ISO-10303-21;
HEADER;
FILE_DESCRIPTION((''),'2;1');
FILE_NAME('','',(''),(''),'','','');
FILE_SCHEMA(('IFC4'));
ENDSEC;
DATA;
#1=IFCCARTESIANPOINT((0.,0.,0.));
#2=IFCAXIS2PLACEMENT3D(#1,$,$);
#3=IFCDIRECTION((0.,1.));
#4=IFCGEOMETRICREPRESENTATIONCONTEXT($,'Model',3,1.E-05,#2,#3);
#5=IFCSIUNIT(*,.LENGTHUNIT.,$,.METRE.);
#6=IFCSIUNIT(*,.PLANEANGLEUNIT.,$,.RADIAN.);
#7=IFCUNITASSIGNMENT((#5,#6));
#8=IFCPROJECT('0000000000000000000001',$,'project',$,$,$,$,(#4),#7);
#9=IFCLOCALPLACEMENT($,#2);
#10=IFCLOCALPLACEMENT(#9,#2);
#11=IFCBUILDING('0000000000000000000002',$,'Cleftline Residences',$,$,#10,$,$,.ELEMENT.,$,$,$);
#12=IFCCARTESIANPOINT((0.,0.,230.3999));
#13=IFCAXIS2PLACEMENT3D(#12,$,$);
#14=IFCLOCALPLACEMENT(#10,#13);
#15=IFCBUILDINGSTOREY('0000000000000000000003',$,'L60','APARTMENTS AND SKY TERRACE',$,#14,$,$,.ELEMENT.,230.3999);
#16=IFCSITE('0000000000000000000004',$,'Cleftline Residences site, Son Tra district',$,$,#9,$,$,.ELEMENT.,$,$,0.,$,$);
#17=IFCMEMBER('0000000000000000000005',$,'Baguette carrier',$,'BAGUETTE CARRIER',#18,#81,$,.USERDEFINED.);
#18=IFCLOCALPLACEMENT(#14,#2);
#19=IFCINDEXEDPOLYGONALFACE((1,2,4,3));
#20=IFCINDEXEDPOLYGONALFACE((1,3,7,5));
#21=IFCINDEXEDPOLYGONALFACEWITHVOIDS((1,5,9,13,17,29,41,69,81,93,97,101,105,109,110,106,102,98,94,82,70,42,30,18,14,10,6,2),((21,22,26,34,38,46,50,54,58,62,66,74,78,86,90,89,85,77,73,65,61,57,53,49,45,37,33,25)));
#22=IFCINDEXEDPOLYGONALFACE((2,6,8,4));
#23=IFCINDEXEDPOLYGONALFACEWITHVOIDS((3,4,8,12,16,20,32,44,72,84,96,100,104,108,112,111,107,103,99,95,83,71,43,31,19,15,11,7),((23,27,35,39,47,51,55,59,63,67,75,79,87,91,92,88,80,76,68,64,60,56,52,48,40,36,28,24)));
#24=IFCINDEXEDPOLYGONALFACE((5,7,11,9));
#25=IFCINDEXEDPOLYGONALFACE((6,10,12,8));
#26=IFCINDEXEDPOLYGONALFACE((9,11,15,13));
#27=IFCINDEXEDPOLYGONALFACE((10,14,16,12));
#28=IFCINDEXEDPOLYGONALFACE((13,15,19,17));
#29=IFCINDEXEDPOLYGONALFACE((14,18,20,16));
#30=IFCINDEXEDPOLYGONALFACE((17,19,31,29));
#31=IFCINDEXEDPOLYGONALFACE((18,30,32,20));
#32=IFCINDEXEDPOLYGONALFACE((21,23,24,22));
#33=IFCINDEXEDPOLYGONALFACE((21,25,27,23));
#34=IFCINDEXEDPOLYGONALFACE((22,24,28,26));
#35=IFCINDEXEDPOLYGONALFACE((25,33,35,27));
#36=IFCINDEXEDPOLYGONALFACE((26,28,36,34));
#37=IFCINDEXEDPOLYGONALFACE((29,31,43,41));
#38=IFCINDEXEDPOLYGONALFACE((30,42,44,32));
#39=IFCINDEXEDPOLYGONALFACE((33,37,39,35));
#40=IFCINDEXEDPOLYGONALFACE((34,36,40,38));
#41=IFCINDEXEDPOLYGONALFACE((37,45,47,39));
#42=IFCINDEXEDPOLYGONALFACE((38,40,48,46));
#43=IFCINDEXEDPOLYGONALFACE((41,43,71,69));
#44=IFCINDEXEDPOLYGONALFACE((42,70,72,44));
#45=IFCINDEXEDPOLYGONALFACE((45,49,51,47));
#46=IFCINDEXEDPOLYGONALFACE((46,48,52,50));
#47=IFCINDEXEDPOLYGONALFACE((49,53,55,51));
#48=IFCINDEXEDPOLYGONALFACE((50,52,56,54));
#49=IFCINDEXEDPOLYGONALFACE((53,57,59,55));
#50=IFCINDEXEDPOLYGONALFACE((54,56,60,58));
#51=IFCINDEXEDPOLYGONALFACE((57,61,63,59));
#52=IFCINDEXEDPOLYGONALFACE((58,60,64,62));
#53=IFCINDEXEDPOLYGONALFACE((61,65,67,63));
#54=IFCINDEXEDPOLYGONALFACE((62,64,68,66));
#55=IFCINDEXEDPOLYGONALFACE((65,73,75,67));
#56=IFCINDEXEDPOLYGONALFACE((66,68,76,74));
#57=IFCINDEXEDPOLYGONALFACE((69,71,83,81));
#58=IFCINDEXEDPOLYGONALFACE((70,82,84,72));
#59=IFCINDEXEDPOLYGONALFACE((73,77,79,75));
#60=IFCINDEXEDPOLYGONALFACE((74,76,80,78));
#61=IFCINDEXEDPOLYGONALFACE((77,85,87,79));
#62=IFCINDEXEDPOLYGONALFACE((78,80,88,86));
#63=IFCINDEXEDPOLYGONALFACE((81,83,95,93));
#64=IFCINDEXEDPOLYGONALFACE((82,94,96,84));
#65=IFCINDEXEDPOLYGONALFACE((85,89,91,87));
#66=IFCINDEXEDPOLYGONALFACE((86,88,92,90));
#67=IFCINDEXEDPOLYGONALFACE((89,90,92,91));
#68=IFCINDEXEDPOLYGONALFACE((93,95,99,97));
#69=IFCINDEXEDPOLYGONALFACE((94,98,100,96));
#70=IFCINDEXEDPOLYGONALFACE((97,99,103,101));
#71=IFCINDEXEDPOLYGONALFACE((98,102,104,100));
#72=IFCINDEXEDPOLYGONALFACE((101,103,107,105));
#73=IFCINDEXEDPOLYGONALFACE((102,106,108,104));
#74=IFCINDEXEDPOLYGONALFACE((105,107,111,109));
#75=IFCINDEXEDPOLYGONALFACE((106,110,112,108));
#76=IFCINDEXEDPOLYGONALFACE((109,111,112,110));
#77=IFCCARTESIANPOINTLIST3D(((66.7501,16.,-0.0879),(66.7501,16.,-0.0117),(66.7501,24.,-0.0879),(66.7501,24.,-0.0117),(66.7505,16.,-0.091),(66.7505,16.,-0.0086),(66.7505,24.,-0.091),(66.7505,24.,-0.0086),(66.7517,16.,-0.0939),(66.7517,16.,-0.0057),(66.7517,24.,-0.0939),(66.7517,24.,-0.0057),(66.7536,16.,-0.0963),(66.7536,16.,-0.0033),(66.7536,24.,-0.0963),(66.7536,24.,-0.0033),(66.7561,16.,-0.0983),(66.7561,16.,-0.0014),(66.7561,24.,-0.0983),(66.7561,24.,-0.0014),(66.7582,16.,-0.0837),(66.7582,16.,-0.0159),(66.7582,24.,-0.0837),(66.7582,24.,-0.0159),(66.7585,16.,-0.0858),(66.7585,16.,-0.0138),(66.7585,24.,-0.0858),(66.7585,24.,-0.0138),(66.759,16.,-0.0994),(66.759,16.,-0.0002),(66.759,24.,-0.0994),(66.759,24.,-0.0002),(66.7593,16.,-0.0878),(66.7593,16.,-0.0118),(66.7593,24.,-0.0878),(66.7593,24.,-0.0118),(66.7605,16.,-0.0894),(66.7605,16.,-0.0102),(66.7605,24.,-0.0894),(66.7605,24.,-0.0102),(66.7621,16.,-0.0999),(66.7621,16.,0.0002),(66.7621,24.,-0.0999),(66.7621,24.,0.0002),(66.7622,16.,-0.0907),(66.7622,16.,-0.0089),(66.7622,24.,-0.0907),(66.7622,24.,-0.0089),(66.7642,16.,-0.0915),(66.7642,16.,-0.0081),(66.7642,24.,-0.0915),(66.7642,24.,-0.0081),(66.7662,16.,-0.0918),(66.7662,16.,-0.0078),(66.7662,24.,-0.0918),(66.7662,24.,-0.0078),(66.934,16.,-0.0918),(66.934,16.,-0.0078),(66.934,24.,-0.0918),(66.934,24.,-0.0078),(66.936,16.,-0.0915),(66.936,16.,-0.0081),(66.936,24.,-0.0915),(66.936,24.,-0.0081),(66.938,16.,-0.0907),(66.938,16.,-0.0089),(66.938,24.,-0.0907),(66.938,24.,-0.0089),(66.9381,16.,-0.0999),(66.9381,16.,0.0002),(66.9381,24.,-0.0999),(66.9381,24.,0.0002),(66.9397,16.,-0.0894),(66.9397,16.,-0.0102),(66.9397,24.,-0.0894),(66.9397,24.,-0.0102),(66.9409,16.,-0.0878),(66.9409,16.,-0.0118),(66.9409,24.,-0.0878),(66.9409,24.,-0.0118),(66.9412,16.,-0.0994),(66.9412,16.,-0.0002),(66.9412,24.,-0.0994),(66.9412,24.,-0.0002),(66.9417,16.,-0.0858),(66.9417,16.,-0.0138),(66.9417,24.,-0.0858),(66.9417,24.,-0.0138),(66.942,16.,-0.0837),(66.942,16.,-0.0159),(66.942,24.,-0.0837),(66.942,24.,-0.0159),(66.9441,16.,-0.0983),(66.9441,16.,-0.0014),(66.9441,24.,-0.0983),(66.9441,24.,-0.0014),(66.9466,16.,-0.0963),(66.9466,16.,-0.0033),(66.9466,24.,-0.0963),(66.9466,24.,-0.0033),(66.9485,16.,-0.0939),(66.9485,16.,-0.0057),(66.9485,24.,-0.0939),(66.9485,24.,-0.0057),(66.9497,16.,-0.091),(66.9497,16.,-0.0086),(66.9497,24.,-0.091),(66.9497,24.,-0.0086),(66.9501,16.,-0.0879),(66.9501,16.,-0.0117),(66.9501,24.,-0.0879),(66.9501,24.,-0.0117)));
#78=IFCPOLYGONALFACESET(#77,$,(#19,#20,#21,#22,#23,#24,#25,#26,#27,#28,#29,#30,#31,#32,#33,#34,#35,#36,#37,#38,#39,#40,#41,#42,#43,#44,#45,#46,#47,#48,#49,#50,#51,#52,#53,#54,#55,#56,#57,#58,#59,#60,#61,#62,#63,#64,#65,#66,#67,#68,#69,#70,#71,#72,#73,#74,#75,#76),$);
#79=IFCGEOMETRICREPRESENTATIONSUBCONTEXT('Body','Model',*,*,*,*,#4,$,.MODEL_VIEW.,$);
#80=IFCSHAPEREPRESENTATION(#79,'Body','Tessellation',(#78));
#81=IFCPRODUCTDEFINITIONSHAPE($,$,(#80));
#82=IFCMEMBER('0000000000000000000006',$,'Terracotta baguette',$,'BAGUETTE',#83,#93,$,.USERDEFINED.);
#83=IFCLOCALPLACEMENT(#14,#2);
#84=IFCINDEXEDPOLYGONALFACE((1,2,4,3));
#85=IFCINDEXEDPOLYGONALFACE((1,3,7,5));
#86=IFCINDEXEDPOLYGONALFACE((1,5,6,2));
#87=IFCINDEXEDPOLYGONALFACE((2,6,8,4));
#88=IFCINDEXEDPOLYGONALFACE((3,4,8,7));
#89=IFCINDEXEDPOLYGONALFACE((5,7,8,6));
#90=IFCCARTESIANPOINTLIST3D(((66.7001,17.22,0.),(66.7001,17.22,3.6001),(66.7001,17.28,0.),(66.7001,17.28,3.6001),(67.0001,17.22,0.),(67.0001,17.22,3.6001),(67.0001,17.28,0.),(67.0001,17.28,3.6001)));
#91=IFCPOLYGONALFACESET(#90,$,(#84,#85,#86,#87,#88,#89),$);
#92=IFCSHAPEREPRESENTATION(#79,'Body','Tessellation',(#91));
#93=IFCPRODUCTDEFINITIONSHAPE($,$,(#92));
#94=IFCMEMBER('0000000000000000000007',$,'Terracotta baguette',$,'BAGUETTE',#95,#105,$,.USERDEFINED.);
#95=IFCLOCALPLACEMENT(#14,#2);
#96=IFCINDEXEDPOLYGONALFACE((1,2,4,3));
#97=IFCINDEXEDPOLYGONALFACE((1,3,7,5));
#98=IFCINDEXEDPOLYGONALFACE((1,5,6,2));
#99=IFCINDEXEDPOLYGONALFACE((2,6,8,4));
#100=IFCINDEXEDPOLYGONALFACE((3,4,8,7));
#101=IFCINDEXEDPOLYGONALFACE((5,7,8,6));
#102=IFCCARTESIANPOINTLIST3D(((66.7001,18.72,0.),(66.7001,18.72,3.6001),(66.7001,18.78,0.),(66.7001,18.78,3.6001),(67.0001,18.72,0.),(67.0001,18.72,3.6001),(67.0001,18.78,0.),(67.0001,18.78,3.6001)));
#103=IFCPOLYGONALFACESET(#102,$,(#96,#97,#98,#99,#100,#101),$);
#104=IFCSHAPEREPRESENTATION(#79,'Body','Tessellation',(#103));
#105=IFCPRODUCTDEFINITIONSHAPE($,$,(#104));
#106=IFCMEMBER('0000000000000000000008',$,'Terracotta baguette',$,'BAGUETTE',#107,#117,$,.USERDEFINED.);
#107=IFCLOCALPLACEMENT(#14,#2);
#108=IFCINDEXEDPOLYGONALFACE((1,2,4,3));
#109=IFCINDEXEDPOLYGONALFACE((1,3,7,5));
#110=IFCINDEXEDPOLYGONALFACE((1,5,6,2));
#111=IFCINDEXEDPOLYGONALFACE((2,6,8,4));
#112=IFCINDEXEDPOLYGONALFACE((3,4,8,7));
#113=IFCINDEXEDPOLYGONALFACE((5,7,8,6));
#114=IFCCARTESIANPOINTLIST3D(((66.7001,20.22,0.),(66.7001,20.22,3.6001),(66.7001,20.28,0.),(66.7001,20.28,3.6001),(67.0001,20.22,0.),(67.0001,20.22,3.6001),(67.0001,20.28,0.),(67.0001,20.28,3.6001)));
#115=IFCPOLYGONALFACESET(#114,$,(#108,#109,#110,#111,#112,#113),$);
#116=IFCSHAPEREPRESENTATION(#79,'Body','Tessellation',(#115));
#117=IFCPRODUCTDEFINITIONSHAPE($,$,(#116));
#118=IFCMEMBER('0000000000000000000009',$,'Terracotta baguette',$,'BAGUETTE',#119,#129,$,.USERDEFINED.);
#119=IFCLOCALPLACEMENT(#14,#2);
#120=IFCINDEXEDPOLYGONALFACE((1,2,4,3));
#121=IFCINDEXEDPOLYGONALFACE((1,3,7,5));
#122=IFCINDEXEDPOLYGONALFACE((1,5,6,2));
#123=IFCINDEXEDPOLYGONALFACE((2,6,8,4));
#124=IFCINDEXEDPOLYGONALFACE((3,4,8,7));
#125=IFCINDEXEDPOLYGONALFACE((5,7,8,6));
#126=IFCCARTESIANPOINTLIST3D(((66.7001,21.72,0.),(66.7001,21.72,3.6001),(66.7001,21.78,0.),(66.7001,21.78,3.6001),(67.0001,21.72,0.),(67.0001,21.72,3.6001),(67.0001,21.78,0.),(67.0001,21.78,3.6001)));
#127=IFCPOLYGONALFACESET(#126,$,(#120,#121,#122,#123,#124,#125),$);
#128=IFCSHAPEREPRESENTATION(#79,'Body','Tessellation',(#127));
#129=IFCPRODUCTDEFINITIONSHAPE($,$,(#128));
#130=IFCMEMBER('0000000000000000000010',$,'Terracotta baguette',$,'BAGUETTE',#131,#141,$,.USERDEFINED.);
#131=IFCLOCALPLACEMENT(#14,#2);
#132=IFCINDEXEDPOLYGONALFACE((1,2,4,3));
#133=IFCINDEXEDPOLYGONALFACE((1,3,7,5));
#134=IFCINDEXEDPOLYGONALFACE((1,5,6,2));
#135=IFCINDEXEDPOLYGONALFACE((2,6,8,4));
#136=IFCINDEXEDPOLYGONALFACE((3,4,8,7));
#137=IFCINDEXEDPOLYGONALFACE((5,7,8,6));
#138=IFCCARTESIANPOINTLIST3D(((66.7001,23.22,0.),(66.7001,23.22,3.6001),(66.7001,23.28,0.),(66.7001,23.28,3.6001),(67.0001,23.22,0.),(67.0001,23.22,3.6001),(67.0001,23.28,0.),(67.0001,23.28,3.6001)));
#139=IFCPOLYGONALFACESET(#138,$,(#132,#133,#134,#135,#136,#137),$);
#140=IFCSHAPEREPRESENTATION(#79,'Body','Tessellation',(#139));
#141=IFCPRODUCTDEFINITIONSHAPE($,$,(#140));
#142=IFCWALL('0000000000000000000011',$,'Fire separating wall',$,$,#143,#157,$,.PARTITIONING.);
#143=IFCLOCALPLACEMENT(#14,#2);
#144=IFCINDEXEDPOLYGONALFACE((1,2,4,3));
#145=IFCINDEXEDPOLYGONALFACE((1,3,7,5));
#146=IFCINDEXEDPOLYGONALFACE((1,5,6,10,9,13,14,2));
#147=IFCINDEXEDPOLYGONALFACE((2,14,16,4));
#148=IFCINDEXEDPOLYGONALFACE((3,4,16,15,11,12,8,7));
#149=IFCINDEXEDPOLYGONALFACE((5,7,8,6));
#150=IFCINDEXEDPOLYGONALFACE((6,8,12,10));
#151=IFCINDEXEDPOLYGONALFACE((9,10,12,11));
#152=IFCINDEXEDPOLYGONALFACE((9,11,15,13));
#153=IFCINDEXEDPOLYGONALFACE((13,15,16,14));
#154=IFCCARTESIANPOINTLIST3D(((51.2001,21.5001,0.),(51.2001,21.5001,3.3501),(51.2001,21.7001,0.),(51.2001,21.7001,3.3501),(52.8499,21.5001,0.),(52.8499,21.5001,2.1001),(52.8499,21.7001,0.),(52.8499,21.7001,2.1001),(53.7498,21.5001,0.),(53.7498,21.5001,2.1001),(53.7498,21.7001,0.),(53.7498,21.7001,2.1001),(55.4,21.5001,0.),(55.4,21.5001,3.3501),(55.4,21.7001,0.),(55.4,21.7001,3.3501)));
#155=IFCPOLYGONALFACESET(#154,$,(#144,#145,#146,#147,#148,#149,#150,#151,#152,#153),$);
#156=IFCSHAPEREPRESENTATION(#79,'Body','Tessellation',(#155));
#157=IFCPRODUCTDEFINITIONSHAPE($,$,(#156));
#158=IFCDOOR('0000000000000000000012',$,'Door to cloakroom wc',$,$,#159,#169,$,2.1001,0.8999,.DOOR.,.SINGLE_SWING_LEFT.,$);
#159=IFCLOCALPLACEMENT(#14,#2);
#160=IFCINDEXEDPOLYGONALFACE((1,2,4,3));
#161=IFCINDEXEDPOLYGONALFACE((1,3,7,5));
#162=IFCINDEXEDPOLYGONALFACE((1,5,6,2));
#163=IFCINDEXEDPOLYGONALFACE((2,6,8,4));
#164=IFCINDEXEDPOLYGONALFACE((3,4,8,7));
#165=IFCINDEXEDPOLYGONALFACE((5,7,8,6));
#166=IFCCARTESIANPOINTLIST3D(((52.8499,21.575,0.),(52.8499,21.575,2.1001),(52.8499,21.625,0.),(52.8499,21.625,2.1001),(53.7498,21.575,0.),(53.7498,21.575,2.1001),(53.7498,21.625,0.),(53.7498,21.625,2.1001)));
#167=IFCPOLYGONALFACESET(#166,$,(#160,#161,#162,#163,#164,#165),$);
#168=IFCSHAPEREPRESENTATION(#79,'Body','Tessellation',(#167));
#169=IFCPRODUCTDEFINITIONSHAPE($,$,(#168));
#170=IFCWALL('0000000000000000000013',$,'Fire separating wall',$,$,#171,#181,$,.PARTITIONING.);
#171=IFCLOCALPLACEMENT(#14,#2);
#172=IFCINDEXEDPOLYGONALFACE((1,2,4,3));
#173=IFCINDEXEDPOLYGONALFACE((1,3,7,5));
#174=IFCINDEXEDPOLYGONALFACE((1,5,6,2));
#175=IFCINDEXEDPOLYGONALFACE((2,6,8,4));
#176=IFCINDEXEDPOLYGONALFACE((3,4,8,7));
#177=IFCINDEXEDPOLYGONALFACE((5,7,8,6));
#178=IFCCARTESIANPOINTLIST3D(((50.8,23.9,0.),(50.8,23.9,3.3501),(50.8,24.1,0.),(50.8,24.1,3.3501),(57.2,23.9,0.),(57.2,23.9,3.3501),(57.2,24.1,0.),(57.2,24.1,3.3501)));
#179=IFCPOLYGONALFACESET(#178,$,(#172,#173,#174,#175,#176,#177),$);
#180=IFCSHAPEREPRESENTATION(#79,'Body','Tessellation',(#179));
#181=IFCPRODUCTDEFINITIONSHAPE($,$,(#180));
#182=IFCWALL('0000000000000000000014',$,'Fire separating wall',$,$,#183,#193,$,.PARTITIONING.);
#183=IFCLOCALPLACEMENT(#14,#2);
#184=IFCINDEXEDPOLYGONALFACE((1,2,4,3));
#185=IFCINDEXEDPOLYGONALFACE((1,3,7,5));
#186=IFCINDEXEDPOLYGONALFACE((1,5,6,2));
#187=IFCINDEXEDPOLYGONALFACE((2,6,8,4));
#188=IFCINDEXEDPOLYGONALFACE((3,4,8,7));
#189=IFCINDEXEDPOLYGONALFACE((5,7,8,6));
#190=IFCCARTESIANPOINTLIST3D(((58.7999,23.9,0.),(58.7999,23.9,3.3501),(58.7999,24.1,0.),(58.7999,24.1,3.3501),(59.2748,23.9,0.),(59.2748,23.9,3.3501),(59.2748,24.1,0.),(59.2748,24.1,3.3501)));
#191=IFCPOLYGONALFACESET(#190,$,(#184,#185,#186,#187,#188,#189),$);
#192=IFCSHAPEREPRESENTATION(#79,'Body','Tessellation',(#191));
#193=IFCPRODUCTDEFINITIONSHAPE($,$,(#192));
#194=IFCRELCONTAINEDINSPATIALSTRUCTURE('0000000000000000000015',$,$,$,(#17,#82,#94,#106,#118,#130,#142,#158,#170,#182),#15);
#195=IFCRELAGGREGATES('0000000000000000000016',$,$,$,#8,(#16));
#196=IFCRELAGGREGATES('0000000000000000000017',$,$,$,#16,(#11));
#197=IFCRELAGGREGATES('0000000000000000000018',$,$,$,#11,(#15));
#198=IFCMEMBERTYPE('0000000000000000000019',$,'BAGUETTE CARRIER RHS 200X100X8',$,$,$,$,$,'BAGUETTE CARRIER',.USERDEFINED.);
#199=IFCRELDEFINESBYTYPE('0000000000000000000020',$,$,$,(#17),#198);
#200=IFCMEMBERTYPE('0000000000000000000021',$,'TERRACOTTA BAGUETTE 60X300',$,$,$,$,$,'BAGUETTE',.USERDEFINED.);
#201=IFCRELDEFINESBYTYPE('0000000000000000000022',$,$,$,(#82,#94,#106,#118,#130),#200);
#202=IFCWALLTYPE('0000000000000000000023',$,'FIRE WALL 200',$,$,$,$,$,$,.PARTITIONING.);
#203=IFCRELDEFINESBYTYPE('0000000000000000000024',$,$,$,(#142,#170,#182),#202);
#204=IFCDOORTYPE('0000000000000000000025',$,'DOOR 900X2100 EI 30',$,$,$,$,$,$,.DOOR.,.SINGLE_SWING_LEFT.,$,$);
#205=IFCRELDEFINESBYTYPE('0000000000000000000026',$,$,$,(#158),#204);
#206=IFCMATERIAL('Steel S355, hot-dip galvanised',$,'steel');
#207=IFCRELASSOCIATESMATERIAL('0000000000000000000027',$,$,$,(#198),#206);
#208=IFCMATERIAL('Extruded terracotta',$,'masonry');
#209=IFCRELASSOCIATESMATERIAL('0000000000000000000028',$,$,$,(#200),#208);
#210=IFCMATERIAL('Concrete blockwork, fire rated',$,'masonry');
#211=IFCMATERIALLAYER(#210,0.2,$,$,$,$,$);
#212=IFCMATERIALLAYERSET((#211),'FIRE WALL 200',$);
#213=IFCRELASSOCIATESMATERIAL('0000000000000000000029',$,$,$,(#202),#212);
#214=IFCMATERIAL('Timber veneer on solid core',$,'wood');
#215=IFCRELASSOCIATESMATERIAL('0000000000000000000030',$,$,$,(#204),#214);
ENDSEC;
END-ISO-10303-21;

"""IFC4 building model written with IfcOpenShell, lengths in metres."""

from ifc_helpers import new_model, si_unit, direction, frame, frame_2d, origin, origin_2d, place, context, subcontext, project, spatial, rectangle, hollow_rectangle, extrude, material, layer, layer_set, material_profile, profile_set, type_object, element, fill, save


model = new_model("IFC4")

# Units and contexts
model_context = context("Model", 3, precision=1e-05, world=origin(), true_north=direction((0.0, 1.0)))
body_context = subcontext(model_context, "Body", "Model", "MODEL_VIEW")
ifc_project = project(units=[si_unit("LENGTHUNIT", "METRE"), si_unit("PLANEANGLEUNIT", "RADIAN")], contexts=[model_context])

# Site, building, storey
site_placement = place(None, origin())
site = spatial("IfcSite", under=ifc_project, at=site_placement, Name="Cleftline Residences site, Son Tra district", CompositionType="ELEMENT", RefElevation=0.0)
building_placement = place(site_placement, origin())
building = spatial("IfcBuilding", under=site, at=building_placement, Name="Cleftline Residences", CompositionType="ELEMENT")
storey_placement = place(building_placement, frame((0.0, 0.0, 230.3999)))
storey = spatial("IfcBuildingStorey", under=building, at=storey_placement, Name="L60", Description="APARTMENTS AND SKY TERRACE", CompositionType="ELEMENT", Elevation=230.3999)

# Members
ifc_material_1 = material(Name="Steel S355, hot-dip galvanised", Category="steel")
ifc_material_profile_1 = material_profile(ifc_material_1, hollow_rectangle(XDim=0.1001, YDim=0.2, WallThickness=0.0081, InnerFilletRadius=0.0081, OuterFilletRadius=0.012, at=origin_2d()))
ifc_profile_set_1 = profile_set([ifc_material_profile_1], Name="Steel S355, hot-dip galvanised")
member_type_1 = type_object("IfcMemberType", Name="BAGUETTE CARRIER RHS 200X100X8", ElementType="BAGUETTE CARRIER", PredefinedType="USERDEFINED", material=ifc_profile_set_1)
member_1_placement = place(storey_placement, frame((66.8501, 16.0, -0.0498), z_axis=(0.0, 1.0, 0.0), x_axis=(0.0, 0.0, 1.0)))
element("IfcMember", 1, at=member_1_placement, inside=storey, type_object=member_type_1, Name="Baguette carrier", ObjectType="BAGUETTE CARRIER", PredefinedType="USERDEFINED", context=body_context, shape_type="SweptSolid", body=[
    extrude(hollow_rectangle(XDim=0.1001, YDim=0.2, WallThickness=0.0081, InnerFilletRadius=0.0081, OuterFilletRadius=0.012, at=origin_2d()), origin(), (0.0, 0.0, 1.0), 8.0),
])
ifc_material_2 = material(Name="Extruded terracotta", Category="masonry")
ifc_material_profile_2 = material_profile(ifc_material_2, rectangle(XDim=0.0601, YDim=0.3, at=origin_2d()))
ifc_profile_set_2 = profile_set([ifc_material_profile_2], Name="Extruded terracotta")
member_type_2 = type_object("IfcMemberType", Name="TERRACOTTA BAGUETTE 60X300", ElementType="BAGUETTE", PredefinedType="USERDEFINED", material=ifc_profile_set_2)
for number, where, z_axis, x_axis, name in (
    (2, (66.8501, 17.25, 0.0), (0.0, 0.0, 1.0), (0.0, 1.0, 0.0), "Terracotta baguette"),
    (3, (66.8501, 18.75, 0.0), (0.0, 0.0, 1.0), (0.0, 1.0, 0.0), "Terracotta baguette"),
    (4, (66.8501, 20.25, 0.0), (0.0, 0.0, 1.0), (0.0, 1.0, 0.0), "Terracotta baguette"),
    (5, (66.8501, 21.75, 0.0), (0.0, 0.0, 1.0), (0.0, 1.0, 0.0), "Terracotta baguette"),
    (6, (66.8501, 23.25, 0.0), (0.0, 0.0, 1.0), (0.0, 1.0, 0.0), "Terracotta baguette"),
):
    element("IfcMember", number, at=place(storey_placement, frame(where, z_axis=z_axis, x_axis=x_axis)), inside=storey, type_object=member_type_2, Name=name, ObjectType="BAGUETTE", PredefinedType="USERDEFINED", context=body_context, shape_type="SweptSolid", body=[
        extrude(rectangle(XDim=0.0601, YDim=0.3, at=origin_2d()), origin(), (0.0, 0.0, 1.0), 3.6001),
    ])

# Wall, opening, door
ifc_material_3 = material(Name="Concrete blockwork, fire rated", Category="masonry")
ifc_layer_1 = layer(ifc_material_3, 0.2)
ifc_layer_set_1 = layer_set([ifc_layer_1], Name="FIRE WALL 200")
wall_type_1 = type_object("IfcWallType", Name="FIRE WALL 200", PredefinedType="PARTITIONING", material=ifc_layer_set_1)
wall_1_placement = place(storey_placement, frame((51.2, 21.6001, 0.0), z_axis=(0.0, 0.0, 1.0), x_axis=(1.0, 0.0, 0.0)))
wall_1 = element("IfcWall", 7, at=wall_1_placement, inside=storey, type_object=wall_type_1, Name="Fire separating wall", PredefinedType="PARTITIONING", context=body_context, shape_type="SweptSolid", body=[
    extrude(rectangle(XDim=4.2, YDim=0.2, at=frame_2d((2.1001, 0.0))), origin(), (0.0, 0.0, 1.0), 3.3501),
])
opening_1_placement = place(wall_1_placement, frame((1.6499, 0.0, 0.0)))
opening_1 = element("IfcOpeningElement", 8, at=opening_1_placement, cuts=wall_1, PredefinedType="OPENING", context=body_context, shape_type="SweptSolid", body=[
    extrude(rectangle(XDim=0.8999, YDim=2.1001, at=frame_2d((0.45, 1.05))), frame((0.0, 0.1099, 0.0), z_axis=(0.0, -1.0, 0.0), x_axis=(1.0, 0.0, 0.0)), (0.0, 0.0, 1.0), 0.22),
])
ifc_material_4 = material(Name="Timber veneer on solid core", Category="wood")
door_type_1 = type_object("IfcDoorType", Name="DOOR 900X2100 EI 30", OperationType="SINGLE_SWING_LEFT", PredefinedType="DOOR", material=ifc_material_4)
door_1_placement = place(opening_1_placement, origin())
door_1 = element("IfcDoor", 9, at=door_1_placement, inside=storey, type_object=door_type_1, Name="Door to cloakroom wc", OperationType="SINGLE_SWING_LEFT", OverallHeight=2.1001, OverallWidth=0.8999, PredefinedType="DOOR", context=body_context, shape_type="SweptSolid", body=[
    extrude(rectangle(XDim=0.8999, YDim=2.1001, at=frame_2d((0.45, 1.05))), frame((0.0, 0.0249, 0.0), z_axis=(0.0, -1.0, 0.0), x_axis=(1.0, 0.0, 0.0)), (0.0, 0.0, 1.0), 0.05),
])
fill(opening_1, door_1)

# Walls
wall_2_placement = place(storey_placement, frame((50.8, 24.0, 0.0), z_axis=(0.0, 0.0, 1.0), x_axis=(1.0, 0.0, 0.0)))
element("IfcWall", 10, at=wall_2_placement, inside=storey, type_object=wall_type_1, Name="Fire separating wall", PredefinedType="PARTITIONING", context=body_context, shape_type="SweptSolid", body=[
    extrude(rectangle(XDim=6.3999, YDim=0.2, at=frame_2d((3.2, 0.0))), origin(), (0.0, 0.0, 1.0), 3.3501),
])
wall_3_placement = place(storey_placement, frame((58.8, 24.0, 0.0), z_axis=(0.0, 0.0, 1.0), x_axis=(1.0, 0.0, 0.0)))
element("IfcWall", 11, at=wall_3_placement, inside=storey, type_object=wall_type_1, Name="Fire separating wall", PredefinedType="PARTITIONING", context=body_context, shape_type="SweptSolid", body=[
    extrude(rectangle(XDim=0.4749, YDim=0.2, at=frame_2d((0.2373, 0.0))), origin(), (0.0, 0.0, 1.0), 3.3501),
])

save(model, "model.ifc")
